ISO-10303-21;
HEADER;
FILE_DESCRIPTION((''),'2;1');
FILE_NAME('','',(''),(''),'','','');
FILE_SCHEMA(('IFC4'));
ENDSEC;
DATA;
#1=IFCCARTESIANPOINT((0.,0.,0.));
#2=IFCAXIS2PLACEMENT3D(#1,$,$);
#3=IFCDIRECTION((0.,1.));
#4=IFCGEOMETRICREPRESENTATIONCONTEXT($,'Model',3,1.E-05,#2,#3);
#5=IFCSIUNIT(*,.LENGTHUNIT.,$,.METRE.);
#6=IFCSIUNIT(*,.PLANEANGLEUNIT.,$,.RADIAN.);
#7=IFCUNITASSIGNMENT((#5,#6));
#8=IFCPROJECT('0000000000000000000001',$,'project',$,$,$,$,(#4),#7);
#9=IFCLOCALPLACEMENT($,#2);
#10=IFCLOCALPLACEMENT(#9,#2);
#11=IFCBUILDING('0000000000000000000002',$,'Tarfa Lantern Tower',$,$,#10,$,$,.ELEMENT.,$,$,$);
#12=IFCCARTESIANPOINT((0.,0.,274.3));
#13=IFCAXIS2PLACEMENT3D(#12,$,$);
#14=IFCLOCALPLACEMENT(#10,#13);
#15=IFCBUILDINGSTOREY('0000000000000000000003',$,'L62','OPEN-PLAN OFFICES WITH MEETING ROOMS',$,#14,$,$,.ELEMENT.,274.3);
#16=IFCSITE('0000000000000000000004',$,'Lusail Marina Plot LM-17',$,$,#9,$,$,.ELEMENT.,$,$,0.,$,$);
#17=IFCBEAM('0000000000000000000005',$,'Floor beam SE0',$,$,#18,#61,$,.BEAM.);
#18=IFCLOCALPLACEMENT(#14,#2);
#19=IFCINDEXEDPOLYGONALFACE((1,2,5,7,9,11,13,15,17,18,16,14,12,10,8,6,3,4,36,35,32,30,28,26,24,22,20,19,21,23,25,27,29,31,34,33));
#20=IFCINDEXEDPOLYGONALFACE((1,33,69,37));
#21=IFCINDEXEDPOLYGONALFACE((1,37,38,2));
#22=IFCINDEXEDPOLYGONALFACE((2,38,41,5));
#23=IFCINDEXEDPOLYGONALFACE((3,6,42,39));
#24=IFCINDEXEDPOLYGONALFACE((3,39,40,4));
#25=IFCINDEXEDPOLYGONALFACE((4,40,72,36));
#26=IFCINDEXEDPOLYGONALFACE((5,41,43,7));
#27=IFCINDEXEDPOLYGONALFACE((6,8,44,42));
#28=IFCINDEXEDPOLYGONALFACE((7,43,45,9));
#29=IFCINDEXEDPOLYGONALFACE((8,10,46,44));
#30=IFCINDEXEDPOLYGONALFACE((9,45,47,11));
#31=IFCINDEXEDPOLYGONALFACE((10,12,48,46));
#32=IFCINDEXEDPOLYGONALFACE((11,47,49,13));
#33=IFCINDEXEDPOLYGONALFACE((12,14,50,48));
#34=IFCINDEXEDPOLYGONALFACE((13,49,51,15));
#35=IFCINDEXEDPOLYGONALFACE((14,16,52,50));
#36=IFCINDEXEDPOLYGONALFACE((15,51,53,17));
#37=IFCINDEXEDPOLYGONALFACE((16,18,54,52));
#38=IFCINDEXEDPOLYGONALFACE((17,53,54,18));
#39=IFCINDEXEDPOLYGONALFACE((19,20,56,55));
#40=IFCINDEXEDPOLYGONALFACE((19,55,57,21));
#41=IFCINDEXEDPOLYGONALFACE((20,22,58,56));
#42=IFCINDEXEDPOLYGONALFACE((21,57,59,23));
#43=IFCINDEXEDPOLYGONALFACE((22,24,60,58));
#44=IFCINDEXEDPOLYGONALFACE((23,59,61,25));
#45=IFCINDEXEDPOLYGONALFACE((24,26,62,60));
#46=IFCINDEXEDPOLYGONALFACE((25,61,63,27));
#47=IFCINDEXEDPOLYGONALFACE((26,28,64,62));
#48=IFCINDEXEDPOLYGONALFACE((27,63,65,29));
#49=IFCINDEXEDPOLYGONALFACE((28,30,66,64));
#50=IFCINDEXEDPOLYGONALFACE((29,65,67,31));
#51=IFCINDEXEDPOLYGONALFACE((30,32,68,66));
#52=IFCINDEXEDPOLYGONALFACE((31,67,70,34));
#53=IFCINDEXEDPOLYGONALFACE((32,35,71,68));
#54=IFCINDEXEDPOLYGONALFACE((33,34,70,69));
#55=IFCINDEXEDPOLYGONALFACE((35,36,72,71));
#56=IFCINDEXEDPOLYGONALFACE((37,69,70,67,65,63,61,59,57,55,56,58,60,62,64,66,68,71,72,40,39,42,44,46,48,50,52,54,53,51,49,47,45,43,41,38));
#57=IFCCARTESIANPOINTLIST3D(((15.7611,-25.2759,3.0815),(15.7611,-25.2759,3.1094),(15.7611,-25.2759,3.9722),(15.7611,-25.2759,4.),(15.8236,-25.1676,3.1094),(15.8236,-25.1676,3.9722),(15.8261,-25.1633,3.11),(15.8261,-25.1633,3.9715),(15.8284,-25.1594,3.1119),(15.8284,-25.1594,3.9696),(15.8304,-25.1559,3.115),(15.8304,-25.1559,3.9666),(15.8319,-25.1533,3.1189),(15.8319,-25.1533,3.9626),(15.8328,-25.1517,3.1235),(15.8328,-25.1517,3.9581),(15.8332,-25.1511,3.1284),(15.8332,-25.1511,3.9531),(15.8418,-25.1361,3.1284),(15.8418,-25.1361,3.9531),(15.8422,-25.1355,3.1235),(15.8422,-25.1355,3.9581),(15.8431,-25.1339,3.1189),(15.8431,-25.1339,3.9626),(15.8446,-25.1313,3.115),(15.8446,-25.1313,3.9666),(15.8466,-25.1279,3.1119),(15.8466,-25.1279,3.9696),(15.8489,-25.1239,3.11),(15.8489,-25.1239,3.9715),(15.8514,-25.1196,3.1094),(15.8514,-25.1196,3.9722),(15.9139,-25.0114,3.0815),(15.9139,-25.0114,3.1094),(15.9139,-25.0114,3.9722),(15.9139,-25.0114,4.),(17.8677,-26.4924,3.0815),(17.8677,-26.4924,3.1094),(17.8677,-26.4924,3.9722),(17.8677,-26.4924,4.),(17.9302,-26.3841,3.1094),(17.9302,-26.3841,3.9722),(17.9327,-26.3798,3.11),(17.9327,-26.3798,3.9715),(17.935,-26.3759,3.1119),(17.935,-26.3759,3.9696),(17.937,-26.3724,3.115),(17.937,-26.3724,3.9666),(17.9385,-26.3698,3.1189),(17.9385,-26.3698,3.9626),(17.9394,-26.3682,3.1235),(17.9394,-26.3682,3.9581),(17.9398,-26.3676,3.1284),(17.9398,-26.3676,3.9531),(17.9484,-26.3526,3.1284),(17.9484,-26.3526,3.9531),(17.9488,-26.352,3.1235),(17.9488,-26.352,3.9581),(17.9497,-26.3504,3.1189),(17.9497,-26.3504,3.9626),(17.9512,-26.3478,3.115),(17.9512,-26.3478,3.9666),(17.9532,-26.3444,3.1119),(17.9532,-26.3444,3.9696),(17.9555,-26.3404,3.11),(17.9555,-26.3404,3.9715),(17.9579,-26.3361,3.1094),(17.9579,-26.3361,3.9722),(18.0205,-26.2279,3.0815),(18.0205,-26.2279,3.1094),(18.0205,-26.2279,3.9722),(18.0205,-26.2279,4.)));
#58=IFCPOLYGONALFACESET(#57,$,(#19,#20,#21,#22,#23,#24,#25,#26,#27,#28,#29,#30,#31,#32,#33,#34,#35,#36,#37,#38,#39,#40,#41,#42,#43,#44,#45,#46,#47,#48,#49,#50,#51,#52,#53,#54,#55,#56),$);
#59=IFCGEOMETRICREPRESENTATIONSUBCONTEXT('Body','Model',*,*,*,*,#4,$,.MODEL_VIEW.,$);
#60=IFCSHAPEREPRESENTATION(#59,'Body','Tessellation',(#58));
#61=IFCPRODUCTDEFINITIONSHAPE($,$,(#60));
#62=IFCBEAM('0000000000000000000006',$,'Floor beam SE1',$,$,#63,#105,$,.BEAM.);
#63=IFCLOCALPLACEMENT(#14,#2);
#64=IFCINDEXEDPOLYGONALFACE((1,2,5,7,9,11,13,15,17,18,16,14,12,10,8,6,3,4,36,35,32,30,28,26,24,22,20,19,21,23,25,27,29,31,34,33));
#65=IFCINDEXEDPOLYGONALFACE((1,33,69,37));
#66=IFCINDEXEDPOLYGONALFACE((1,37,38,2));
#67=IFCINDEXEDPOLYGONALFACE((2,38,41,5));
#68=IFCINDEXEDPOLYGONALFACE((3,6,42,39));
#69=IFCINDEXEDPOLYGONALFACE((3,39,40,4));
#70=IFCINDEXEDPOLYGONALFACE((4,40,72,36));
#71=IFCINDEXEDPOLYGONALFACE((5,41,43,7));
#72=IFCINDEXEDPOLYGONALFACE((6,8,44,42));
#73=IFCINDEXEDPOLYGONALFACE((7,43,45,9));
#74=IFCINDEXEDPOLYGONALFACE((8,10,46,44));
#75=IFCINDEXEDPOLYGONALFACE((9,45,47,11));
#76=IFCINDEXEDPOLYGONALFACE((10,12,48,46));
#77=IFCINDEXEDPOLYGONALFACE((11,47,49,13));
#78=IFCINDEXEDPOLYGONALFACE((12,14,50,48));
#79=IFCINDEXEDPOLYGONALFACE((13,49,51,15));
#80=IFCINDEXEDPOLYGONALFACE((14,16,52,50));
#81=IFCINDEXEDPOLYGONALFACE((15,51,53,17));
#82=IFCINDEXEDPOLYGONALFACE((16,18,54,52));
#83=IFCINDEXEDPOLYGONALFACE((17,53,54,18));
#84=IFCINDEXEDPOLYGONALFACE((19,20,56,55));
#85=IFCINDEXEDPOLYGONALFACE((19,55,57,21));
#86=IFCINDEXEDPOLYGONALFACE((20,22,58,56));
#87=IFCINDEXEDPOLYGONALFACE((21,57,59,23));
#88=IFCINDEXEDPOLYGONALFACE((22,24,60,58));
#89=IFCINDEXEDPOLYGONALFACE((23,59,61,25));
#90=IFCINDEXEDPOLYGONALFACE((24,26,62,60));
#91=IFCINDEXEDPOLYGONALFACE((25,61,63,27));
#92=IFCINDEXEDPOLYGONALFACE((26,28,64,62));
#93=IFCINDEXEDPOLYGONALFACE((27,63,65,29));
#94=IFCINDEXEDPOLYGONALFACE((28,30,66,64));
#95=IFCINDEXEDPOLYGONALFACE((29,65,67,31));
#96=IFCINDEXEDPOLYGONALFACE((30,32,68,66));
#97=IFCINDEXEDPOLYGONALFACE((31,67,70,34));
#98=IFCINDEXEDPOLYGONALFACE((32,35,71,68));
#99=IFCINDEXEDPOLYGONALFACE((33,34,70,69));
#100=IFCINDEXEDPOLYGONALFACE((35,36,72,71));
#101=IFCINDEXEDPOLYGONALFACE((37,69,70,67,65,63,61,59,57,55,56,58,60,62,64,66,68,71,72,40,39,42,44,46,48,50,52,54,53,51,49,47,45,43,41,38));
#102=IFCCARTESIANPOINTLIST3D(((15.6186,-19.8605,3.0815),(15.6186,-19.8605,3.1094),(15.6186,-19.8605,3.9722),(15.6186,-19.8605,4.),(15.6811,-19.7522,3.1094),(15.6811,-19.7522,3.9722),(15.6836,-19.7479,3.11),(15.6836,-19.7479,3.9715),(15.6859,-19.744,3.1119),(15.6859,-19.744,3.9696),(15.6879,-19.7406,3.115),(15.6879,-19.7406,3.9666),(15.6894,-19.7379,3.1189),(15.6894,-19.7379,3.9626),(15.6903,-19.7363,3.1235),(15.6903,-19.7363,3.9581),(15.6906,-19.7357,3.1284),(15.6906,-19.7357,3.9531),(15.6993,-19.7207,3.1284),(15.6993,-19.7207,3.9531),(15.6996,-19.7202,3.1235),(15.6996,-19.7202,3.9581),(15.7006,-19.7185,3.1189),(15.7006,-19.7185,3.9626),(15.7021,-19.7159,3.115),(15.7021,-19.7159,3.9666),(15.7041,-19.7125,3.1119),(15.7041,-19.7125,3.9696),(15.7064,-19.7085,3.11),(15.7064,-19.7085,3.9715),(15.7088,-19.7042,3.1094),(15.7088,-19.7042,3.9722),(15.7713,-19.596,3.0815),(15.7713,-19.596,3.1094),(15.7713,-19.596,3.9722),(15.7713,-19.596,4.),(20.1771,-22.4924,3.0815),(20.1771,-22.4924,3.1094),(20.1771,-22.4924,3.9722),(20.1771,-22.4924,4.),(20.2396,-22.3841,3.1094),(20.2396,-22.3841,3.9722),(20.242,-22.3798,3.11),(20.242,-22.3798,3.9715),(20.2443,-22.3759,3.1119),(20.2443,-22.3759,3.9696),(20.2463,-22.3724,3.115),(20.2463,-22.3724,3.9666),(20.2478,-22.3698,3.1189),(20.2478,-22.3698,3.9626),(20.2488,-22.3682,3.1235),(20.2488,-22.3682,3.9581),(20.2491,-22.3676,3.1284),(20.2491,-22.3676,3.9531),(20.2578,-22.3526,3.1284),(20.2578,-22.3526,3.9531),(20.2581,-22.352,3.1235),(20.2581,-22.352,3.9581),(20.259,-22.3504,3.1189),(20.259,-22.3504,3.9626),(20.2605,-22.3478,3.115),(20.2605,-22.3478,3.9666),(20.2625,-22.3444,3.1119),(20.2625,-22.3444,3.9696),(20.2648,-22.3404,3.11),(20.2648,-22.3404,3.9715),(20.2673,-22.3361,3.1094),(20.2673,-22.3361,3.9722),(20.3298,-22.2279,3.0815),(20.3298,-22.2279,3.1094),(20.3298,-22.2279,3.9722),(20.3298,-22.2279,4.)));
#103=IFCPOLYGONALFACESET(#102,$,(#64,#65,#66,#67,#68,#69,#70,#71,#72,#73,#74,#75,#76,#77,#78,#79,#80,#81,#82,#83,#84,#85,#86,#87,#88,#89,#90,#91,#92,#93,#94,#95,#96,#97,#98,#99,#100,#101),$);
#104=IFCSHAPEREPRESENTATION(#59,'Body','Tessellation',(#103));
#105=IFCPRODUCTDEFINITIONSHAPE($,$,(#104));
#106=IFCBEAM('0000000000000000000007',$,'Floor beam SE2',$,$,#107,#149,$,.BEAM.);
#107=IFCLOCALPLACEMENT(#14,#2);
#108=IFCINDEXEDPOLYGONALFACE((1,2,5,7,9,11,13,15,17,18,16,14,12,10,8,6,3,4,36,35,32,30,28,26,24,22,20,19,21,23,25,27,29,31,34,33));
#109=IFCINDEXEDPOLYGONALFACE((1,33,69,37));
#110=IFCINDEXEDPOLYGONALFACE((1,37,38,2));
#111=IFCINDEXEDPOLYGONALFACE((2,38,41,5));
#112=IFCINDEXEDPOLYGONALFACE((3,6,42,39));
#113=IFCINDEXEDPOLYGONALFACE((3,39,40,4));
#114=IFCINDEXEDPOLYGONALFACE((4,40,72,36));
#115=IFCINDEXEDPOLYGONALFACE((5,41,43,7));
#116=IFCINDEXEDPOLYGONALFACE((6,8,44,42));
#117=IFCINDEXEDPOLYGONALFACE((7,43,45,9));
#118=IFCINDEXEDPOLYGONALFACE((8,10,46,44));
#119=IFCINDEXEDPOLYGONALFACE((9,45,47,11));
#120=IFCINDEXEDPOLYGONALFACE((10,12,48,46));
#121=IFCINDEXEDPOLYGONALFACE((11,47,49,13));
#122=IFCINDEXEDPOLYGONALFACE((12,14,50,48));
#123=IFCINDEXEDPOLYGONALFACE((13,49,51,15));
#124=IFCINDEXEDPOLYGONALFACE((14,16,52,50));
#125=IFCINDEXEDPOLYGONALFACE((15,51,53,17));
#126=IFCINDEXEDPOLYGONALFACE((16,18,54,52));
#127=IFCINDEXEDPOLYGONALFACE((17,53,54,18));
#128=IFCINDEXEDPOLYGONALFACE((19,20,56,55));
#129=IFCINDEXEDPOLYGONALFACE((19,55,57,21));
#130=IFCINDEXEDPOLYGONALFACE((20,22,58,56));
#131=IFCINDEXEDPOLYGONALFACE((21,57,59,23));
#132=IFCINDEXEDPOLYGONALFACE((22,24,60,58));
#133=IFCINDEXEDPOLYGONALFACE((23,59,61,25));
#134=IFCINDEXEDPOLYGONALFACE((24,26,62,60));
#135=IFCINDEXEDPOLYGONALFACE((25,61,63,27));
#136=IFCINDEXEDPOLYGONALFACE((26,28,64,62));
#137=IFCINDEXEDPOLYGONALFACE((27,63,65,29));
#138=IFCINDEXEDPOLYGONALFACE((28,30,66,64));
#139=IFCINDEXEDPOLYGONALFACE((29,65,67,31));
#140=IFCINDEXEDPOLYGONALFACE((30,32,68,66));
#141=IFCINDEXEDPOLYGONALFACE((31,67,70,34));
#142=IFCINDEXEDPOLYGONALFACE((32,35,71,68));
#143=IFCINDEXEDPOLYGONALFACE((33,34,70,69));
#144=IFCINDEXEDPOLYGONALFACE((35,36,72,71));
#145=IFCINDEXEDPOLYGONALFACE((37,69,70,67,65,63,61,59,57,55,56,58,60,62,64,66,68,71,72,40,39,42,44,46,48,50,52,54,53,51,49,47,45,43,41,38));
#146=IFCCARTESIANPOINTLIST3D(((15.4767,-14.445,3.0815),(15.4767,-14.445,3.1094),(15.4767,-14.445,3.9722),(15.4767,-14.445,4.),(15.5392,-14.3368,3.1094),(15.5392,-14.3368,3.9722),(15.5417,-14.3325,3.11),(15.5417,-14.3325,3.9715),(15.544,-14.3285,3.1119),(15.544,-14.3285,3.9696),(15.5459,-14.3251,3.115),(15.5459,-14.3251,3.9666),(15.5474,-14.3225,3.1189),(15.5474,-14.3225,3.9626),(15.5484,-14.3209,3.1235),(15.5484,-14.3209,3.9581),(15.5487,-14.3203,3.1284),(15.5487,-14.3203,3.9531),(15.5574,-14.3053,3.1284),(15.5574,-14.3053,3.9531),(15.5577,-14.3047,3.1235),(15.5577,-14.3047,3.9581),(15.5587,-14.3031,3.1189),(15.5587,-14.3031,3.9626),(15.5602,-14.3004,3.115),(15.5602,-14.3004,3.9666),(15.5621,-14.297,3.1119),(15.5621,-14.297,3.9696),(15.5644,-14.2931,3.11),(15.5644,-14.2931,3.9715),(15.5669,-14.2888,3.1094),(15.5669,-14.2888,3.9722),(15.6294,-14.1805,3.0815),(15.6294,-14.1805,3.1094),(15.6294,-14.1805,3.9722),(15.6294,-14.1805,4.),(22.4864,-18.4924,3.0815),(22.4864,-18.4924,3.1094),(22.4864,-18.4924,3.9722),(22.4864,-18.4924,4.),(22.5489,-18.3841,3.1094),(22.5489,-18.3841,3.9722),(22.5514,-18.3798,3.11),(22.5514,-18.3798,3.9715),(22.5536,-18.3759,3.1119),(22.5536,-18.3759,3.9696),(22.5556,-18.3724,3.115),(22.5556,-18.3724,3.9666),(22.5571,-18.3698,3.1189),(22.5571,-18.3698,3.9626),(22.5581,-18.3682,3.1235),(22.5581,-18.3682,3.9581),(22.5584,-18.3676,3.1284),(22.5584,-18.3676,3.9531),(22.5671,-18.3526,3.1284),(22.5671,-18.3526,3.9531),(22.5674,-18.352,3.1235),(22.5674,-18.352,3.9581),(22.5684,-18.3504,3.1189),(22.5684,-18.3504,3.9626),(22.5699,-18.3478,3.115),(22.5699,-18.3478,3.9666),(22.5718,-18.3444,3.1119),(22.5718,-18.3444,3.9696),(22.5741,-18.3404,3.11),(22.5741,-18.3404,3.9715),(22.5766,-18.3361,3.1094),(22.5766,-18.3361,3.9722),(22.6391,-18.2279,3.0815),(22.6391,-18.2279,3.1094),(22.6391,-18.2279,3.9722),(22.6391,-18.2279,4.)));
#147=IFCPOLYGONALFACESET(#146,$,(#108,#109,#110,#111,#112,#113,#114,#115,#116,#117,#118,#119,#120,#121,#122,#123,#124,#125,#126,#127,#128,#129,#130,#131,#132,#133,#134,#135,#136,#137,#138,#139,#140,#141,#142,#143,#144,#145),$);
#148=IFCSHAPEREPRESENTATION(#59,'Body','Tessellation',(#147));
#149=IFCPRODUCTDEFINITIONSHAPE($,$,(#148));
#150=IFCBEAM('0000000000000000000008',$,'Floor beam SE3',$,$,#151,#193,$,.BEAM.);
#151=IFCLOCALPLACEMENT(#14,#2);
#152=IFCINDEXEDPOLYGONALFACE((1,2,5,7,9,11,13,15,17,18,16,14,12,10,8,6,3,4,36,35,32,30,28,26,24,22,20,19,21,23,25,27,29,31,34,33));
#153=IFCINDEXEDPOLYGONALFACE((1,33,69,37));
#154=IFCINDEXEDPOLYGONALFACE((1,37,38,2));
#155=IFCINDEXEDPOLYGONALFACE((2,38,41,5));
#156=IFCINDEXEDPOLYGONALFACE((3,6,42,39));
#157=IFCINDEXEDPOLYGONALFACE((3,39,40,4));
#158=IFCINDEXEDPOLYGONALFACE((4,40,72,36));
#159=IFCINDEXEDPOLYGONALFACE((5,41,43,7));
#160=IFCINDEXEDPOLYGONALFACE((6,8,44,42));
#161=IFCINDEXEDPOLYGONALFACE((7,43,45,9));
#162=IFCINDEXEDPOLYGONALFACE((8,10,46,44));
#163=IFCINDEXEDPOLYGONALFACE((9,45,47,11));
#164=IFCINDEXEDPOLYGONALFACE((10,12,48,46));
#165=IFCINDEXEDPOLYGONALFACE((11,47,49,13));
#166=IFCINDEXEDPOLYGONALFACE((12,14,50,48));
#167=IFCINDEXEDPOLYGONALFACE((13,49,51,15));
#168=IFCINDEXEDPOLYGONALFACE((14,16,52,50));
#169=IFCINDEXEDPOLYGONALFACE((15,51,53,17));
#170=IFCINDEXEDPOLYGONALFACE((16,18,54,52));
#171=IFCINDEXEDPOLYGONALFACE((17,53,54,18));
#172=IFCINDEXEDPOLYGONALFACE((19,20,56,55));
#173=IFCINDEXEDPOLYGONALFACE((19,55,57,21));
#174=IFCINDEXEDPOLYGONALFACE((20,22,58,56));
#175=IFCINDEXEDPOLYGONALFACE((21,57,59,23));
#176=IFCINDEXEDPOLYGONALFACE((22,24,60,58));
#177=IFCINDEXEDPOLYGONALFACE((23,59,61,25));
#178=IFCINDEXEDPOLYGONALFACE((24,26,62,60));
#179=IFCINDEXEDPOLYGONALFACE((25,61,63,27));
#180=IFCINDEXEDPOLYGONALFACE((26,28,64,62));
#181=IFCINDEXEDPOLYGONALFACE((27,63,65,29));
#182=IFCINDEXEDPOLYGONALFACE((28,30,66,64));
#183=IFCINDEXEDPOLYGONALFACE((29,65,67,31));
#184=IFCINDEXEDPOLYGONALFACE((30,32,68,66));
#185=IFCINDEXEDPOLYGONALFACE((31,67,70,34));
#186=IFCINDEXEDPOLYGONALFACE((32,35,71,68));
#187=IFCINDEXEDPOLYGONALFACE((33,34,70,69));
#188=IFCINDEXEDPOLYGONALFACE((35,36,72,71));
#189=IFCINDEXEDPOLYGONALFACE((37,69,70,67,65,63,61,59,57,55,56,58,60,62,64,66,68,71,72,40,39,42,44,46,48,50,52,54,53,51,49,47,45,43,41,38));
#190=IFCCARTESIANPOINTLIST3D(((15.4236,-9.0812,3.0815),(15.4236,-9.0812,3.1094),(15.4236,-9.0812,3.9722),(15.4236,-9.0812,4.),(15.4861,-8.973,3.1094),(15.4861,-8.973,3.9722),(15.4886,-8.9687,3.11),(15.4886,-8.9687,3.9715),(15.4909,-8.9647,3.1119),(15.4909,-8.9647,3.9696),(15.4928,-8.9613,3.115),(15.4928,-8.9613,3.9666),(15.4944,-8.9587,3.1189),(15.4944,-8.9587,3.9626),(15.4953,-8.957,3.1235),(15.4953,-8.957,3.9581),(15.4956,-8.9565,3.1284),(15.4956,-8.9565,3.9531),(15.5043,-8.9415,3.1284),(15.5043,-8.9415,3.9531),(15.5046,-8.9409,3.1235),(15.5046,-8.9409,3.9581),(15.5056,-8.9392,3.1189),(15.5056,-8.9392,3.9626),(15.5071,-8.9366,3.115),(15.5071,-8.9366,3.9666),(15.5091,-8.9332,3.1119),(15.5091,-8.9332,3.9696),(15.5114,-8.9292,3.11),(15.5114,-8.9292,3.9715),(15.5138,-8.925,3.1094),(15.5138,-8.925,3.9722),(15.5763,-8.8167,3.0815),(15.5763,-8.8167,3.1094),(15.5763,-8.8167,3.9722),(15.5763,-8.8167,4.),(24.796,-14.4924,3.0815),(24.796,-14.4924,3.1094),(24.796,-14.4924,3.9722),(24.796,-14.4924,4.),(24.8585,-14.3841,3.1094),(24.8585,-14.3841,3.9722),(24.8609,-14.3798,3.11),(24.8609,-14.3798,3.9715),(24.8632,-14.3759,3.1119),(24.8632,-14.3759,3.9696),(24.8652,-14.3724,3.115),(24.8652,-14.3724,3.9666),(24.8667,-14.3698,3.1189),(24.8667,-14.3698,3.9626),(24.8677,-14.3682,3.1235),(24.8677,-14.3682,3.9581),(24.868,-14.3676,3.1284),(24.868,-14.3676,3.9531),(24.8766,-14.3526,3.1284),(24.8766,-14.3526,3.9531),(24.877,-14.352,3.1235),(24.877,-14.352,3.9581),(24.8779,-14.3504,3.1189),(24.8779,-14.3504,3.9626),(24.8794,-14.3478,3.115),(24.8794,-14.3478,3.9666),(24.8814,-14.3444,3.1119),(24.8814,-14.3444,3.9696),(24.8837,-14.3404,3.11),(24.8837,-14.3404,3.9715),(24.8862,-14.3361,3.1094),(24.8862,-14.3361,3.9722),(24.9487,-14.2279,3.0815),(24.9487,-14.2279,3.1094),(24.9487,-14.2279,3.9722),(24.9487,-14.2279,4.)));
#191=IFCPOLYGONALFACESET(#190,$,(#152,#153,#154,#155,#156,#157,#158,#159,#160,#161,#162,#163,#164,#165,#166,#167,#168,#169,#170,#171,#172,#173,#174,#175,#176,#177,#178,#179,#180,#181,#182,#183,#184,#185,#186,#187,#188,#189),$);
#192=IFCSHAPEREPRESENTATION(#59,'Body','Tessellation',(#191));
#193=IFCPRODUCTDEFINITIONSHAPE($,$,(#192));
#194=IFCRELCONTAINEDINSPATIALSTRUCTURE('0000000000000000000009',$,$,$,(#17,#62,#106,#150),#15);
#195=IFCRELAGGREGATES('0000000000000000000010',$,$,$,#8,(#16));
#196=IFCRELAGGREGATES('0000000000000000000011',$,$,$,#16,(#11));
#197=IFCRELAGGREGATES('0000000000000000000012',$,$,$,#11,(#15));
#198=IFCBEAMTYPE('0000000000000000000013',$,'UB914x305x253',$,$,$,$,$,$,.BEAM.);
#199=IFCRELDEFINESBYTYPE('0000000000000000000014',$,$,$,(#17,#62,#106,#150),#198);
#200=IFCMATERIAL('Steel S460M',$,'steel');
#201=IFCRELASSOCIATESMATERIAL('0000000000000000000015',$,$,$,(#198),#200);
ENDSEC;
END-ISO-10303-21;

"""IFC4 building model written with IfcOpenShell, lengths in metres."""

from ifc_helpers import new_model, si_unit, direction, frame, origin, origin_2d, place, context, subcontext, project, spatial, i_section, extrude, material, material_profile, profile_set, type_object, element, save


model = new_model("IFC4")

# Units and contexts
model_context = context("Model", 3, precision=1e-05, world=origin(), true_north=direction((0.0, 1.0)))
body_context = subcontext(model_context, "Body", "Model", "MODEL_VIEW")
ifc_project = project(units=[si_unit("LENGTHUNIT", "METRE"), si_unit("PLANEANGLEUNIT", "RADIAN")], contexts=[model_context])

# Site, building, storey
site_placement = place(None, origin())
site = spatial("IfcSite", under=ifc_project, at=site_placement, Name="Lusail Marina Plot LM-17", CompositionType="ELEMENT", RefElevation=0.0)
building_placement = place(site_placement, origin())
building = spatial("IfcBuilding", under=site, at=building_placement, Name="Tarfa Lantern Tower", CompositionType="ELEMENT")
storey_placement = place(building_placement, frame((0.0, 0.0, 274.3)))
storey = spatial("IfcBuildingStorey", under=building, at=storey_placement, Name="L62", Description="OPEN-PLAN OFFICES WITH MEETING ROOMS", CompositionType="ELEMENT", Elevation=274.3)

# Beams
ifc_material_1 = material(Name="Steel S460M", Category="steel")
ifc_material_profile_1 = material_profile(ifc_material_1, i_section(OverallWidth=0.3054, OverallDepth=0.9185, WebThickness=0.0173, FlangeThickness=0.0278, FilletRadius=0.019, at=origin_2d()), Name="UB914x305x253")
ifc_profile_set_1 = profile_set([ifc_material_profile_1], Name="Steel S460M")
beam_type_1 = type_object("IfcBeamType", Name="UB914x305x253", PredefinedType="BEAM", material=ifc_profile_set_1)
beam_1_placement = place(storey_placement, frame((17.9441, -26.3601, 3.5408), z_axis=(-0.86598, 0.500079, 0.0), x_axis=(-0.500079, -0.86598, 0.0)))
element("IfcBeam", 1, at=beam_1_placement, inside=storey, type_object=beam_type_1, Name="Floor beam SE0", PredefinedType="BEAM", context=body_context, shape_type="SweptSolid", body=[
    extrude(i_section(OverallWidth=0.3054, OverallDepth=0.9185, WebThickness=0.0173, FlangeThickness=0.0278, FilletRadius=0.019, at=origin_2d()), origin(), (0.0, 0.0, 1.0), 2.4326),
])
beam_2_placement = place(storey_placement, frame((20.2534, -22.3601, 3.5408), z_axis=(-0.86602, 0.50001, 0.0), x_axis=(-0.50001, -0.86602, 0.0)))
element("IfcBeam", 2, at=beam_2_placement, inside=storey, type_object=beam_type_1, Name="Floor beam SE1", PredefinedType="BEAM", context=body_context, shape_type="SweptSolid", body=[
    extrude(i_section(OverallWidth=0.3054, OverallDepth=0.9185, WebThickness=0.0173, FlangeThickness=0.0278, FilletRadius=0.019, at=origin_2d()), origin(), (0.0, 0.0, 1.0), 5.2637),
])
beam_3_placement = place(storey_placement, frame((22.5627, -18.3601, 3.5408), z_axis=(-0.866011, 0.500025, 0.0), x_axis=(-0.500025, -0.866011, 0.0)))
element("IfcBeam", 3, at=beam_3_placement, inside=storey, type_object=beam_type_1, Name="Floor beam SE2", PredefinedType="BEAM", context=body_context, shape_type="SweptSolid", body=[
    extrude(i_section(OverallWidth=0.3054, OverallDepth=0.9185, WebThickness=0.0173, FlangeThickness=0.0278, FilletRadius=0.019, at=origin_2d()), origin(), (0.0, 0.0, 1.0), 8.0942),
])
beam_4_placement = place(storey_placement, frame((24.8723, -14.3601, 3.5408), z_axis=(-0.866024, 0.500002, 0.0), x_axis=(-0.500002, -0.866024, 0.0)))
element("IfcBeam", 4, at=beam_4_placement, inside=storey, type_object=beam_type_1, Name="Floor beam SE3", PredefinedType="BEAM", context=body_context, shape_type="SweptSolid", body=[
    extrude(i_section(OverallWidth=0.3054, OverallDepth=0.9185, WebThickness=0.0173, FlangeThickness=0.0278, FilletRadius=0.019, at=origin_2d()), origin(), (0.0, 0.0, 1.0), 10.8223),
])

save(model, "model.ifc")
